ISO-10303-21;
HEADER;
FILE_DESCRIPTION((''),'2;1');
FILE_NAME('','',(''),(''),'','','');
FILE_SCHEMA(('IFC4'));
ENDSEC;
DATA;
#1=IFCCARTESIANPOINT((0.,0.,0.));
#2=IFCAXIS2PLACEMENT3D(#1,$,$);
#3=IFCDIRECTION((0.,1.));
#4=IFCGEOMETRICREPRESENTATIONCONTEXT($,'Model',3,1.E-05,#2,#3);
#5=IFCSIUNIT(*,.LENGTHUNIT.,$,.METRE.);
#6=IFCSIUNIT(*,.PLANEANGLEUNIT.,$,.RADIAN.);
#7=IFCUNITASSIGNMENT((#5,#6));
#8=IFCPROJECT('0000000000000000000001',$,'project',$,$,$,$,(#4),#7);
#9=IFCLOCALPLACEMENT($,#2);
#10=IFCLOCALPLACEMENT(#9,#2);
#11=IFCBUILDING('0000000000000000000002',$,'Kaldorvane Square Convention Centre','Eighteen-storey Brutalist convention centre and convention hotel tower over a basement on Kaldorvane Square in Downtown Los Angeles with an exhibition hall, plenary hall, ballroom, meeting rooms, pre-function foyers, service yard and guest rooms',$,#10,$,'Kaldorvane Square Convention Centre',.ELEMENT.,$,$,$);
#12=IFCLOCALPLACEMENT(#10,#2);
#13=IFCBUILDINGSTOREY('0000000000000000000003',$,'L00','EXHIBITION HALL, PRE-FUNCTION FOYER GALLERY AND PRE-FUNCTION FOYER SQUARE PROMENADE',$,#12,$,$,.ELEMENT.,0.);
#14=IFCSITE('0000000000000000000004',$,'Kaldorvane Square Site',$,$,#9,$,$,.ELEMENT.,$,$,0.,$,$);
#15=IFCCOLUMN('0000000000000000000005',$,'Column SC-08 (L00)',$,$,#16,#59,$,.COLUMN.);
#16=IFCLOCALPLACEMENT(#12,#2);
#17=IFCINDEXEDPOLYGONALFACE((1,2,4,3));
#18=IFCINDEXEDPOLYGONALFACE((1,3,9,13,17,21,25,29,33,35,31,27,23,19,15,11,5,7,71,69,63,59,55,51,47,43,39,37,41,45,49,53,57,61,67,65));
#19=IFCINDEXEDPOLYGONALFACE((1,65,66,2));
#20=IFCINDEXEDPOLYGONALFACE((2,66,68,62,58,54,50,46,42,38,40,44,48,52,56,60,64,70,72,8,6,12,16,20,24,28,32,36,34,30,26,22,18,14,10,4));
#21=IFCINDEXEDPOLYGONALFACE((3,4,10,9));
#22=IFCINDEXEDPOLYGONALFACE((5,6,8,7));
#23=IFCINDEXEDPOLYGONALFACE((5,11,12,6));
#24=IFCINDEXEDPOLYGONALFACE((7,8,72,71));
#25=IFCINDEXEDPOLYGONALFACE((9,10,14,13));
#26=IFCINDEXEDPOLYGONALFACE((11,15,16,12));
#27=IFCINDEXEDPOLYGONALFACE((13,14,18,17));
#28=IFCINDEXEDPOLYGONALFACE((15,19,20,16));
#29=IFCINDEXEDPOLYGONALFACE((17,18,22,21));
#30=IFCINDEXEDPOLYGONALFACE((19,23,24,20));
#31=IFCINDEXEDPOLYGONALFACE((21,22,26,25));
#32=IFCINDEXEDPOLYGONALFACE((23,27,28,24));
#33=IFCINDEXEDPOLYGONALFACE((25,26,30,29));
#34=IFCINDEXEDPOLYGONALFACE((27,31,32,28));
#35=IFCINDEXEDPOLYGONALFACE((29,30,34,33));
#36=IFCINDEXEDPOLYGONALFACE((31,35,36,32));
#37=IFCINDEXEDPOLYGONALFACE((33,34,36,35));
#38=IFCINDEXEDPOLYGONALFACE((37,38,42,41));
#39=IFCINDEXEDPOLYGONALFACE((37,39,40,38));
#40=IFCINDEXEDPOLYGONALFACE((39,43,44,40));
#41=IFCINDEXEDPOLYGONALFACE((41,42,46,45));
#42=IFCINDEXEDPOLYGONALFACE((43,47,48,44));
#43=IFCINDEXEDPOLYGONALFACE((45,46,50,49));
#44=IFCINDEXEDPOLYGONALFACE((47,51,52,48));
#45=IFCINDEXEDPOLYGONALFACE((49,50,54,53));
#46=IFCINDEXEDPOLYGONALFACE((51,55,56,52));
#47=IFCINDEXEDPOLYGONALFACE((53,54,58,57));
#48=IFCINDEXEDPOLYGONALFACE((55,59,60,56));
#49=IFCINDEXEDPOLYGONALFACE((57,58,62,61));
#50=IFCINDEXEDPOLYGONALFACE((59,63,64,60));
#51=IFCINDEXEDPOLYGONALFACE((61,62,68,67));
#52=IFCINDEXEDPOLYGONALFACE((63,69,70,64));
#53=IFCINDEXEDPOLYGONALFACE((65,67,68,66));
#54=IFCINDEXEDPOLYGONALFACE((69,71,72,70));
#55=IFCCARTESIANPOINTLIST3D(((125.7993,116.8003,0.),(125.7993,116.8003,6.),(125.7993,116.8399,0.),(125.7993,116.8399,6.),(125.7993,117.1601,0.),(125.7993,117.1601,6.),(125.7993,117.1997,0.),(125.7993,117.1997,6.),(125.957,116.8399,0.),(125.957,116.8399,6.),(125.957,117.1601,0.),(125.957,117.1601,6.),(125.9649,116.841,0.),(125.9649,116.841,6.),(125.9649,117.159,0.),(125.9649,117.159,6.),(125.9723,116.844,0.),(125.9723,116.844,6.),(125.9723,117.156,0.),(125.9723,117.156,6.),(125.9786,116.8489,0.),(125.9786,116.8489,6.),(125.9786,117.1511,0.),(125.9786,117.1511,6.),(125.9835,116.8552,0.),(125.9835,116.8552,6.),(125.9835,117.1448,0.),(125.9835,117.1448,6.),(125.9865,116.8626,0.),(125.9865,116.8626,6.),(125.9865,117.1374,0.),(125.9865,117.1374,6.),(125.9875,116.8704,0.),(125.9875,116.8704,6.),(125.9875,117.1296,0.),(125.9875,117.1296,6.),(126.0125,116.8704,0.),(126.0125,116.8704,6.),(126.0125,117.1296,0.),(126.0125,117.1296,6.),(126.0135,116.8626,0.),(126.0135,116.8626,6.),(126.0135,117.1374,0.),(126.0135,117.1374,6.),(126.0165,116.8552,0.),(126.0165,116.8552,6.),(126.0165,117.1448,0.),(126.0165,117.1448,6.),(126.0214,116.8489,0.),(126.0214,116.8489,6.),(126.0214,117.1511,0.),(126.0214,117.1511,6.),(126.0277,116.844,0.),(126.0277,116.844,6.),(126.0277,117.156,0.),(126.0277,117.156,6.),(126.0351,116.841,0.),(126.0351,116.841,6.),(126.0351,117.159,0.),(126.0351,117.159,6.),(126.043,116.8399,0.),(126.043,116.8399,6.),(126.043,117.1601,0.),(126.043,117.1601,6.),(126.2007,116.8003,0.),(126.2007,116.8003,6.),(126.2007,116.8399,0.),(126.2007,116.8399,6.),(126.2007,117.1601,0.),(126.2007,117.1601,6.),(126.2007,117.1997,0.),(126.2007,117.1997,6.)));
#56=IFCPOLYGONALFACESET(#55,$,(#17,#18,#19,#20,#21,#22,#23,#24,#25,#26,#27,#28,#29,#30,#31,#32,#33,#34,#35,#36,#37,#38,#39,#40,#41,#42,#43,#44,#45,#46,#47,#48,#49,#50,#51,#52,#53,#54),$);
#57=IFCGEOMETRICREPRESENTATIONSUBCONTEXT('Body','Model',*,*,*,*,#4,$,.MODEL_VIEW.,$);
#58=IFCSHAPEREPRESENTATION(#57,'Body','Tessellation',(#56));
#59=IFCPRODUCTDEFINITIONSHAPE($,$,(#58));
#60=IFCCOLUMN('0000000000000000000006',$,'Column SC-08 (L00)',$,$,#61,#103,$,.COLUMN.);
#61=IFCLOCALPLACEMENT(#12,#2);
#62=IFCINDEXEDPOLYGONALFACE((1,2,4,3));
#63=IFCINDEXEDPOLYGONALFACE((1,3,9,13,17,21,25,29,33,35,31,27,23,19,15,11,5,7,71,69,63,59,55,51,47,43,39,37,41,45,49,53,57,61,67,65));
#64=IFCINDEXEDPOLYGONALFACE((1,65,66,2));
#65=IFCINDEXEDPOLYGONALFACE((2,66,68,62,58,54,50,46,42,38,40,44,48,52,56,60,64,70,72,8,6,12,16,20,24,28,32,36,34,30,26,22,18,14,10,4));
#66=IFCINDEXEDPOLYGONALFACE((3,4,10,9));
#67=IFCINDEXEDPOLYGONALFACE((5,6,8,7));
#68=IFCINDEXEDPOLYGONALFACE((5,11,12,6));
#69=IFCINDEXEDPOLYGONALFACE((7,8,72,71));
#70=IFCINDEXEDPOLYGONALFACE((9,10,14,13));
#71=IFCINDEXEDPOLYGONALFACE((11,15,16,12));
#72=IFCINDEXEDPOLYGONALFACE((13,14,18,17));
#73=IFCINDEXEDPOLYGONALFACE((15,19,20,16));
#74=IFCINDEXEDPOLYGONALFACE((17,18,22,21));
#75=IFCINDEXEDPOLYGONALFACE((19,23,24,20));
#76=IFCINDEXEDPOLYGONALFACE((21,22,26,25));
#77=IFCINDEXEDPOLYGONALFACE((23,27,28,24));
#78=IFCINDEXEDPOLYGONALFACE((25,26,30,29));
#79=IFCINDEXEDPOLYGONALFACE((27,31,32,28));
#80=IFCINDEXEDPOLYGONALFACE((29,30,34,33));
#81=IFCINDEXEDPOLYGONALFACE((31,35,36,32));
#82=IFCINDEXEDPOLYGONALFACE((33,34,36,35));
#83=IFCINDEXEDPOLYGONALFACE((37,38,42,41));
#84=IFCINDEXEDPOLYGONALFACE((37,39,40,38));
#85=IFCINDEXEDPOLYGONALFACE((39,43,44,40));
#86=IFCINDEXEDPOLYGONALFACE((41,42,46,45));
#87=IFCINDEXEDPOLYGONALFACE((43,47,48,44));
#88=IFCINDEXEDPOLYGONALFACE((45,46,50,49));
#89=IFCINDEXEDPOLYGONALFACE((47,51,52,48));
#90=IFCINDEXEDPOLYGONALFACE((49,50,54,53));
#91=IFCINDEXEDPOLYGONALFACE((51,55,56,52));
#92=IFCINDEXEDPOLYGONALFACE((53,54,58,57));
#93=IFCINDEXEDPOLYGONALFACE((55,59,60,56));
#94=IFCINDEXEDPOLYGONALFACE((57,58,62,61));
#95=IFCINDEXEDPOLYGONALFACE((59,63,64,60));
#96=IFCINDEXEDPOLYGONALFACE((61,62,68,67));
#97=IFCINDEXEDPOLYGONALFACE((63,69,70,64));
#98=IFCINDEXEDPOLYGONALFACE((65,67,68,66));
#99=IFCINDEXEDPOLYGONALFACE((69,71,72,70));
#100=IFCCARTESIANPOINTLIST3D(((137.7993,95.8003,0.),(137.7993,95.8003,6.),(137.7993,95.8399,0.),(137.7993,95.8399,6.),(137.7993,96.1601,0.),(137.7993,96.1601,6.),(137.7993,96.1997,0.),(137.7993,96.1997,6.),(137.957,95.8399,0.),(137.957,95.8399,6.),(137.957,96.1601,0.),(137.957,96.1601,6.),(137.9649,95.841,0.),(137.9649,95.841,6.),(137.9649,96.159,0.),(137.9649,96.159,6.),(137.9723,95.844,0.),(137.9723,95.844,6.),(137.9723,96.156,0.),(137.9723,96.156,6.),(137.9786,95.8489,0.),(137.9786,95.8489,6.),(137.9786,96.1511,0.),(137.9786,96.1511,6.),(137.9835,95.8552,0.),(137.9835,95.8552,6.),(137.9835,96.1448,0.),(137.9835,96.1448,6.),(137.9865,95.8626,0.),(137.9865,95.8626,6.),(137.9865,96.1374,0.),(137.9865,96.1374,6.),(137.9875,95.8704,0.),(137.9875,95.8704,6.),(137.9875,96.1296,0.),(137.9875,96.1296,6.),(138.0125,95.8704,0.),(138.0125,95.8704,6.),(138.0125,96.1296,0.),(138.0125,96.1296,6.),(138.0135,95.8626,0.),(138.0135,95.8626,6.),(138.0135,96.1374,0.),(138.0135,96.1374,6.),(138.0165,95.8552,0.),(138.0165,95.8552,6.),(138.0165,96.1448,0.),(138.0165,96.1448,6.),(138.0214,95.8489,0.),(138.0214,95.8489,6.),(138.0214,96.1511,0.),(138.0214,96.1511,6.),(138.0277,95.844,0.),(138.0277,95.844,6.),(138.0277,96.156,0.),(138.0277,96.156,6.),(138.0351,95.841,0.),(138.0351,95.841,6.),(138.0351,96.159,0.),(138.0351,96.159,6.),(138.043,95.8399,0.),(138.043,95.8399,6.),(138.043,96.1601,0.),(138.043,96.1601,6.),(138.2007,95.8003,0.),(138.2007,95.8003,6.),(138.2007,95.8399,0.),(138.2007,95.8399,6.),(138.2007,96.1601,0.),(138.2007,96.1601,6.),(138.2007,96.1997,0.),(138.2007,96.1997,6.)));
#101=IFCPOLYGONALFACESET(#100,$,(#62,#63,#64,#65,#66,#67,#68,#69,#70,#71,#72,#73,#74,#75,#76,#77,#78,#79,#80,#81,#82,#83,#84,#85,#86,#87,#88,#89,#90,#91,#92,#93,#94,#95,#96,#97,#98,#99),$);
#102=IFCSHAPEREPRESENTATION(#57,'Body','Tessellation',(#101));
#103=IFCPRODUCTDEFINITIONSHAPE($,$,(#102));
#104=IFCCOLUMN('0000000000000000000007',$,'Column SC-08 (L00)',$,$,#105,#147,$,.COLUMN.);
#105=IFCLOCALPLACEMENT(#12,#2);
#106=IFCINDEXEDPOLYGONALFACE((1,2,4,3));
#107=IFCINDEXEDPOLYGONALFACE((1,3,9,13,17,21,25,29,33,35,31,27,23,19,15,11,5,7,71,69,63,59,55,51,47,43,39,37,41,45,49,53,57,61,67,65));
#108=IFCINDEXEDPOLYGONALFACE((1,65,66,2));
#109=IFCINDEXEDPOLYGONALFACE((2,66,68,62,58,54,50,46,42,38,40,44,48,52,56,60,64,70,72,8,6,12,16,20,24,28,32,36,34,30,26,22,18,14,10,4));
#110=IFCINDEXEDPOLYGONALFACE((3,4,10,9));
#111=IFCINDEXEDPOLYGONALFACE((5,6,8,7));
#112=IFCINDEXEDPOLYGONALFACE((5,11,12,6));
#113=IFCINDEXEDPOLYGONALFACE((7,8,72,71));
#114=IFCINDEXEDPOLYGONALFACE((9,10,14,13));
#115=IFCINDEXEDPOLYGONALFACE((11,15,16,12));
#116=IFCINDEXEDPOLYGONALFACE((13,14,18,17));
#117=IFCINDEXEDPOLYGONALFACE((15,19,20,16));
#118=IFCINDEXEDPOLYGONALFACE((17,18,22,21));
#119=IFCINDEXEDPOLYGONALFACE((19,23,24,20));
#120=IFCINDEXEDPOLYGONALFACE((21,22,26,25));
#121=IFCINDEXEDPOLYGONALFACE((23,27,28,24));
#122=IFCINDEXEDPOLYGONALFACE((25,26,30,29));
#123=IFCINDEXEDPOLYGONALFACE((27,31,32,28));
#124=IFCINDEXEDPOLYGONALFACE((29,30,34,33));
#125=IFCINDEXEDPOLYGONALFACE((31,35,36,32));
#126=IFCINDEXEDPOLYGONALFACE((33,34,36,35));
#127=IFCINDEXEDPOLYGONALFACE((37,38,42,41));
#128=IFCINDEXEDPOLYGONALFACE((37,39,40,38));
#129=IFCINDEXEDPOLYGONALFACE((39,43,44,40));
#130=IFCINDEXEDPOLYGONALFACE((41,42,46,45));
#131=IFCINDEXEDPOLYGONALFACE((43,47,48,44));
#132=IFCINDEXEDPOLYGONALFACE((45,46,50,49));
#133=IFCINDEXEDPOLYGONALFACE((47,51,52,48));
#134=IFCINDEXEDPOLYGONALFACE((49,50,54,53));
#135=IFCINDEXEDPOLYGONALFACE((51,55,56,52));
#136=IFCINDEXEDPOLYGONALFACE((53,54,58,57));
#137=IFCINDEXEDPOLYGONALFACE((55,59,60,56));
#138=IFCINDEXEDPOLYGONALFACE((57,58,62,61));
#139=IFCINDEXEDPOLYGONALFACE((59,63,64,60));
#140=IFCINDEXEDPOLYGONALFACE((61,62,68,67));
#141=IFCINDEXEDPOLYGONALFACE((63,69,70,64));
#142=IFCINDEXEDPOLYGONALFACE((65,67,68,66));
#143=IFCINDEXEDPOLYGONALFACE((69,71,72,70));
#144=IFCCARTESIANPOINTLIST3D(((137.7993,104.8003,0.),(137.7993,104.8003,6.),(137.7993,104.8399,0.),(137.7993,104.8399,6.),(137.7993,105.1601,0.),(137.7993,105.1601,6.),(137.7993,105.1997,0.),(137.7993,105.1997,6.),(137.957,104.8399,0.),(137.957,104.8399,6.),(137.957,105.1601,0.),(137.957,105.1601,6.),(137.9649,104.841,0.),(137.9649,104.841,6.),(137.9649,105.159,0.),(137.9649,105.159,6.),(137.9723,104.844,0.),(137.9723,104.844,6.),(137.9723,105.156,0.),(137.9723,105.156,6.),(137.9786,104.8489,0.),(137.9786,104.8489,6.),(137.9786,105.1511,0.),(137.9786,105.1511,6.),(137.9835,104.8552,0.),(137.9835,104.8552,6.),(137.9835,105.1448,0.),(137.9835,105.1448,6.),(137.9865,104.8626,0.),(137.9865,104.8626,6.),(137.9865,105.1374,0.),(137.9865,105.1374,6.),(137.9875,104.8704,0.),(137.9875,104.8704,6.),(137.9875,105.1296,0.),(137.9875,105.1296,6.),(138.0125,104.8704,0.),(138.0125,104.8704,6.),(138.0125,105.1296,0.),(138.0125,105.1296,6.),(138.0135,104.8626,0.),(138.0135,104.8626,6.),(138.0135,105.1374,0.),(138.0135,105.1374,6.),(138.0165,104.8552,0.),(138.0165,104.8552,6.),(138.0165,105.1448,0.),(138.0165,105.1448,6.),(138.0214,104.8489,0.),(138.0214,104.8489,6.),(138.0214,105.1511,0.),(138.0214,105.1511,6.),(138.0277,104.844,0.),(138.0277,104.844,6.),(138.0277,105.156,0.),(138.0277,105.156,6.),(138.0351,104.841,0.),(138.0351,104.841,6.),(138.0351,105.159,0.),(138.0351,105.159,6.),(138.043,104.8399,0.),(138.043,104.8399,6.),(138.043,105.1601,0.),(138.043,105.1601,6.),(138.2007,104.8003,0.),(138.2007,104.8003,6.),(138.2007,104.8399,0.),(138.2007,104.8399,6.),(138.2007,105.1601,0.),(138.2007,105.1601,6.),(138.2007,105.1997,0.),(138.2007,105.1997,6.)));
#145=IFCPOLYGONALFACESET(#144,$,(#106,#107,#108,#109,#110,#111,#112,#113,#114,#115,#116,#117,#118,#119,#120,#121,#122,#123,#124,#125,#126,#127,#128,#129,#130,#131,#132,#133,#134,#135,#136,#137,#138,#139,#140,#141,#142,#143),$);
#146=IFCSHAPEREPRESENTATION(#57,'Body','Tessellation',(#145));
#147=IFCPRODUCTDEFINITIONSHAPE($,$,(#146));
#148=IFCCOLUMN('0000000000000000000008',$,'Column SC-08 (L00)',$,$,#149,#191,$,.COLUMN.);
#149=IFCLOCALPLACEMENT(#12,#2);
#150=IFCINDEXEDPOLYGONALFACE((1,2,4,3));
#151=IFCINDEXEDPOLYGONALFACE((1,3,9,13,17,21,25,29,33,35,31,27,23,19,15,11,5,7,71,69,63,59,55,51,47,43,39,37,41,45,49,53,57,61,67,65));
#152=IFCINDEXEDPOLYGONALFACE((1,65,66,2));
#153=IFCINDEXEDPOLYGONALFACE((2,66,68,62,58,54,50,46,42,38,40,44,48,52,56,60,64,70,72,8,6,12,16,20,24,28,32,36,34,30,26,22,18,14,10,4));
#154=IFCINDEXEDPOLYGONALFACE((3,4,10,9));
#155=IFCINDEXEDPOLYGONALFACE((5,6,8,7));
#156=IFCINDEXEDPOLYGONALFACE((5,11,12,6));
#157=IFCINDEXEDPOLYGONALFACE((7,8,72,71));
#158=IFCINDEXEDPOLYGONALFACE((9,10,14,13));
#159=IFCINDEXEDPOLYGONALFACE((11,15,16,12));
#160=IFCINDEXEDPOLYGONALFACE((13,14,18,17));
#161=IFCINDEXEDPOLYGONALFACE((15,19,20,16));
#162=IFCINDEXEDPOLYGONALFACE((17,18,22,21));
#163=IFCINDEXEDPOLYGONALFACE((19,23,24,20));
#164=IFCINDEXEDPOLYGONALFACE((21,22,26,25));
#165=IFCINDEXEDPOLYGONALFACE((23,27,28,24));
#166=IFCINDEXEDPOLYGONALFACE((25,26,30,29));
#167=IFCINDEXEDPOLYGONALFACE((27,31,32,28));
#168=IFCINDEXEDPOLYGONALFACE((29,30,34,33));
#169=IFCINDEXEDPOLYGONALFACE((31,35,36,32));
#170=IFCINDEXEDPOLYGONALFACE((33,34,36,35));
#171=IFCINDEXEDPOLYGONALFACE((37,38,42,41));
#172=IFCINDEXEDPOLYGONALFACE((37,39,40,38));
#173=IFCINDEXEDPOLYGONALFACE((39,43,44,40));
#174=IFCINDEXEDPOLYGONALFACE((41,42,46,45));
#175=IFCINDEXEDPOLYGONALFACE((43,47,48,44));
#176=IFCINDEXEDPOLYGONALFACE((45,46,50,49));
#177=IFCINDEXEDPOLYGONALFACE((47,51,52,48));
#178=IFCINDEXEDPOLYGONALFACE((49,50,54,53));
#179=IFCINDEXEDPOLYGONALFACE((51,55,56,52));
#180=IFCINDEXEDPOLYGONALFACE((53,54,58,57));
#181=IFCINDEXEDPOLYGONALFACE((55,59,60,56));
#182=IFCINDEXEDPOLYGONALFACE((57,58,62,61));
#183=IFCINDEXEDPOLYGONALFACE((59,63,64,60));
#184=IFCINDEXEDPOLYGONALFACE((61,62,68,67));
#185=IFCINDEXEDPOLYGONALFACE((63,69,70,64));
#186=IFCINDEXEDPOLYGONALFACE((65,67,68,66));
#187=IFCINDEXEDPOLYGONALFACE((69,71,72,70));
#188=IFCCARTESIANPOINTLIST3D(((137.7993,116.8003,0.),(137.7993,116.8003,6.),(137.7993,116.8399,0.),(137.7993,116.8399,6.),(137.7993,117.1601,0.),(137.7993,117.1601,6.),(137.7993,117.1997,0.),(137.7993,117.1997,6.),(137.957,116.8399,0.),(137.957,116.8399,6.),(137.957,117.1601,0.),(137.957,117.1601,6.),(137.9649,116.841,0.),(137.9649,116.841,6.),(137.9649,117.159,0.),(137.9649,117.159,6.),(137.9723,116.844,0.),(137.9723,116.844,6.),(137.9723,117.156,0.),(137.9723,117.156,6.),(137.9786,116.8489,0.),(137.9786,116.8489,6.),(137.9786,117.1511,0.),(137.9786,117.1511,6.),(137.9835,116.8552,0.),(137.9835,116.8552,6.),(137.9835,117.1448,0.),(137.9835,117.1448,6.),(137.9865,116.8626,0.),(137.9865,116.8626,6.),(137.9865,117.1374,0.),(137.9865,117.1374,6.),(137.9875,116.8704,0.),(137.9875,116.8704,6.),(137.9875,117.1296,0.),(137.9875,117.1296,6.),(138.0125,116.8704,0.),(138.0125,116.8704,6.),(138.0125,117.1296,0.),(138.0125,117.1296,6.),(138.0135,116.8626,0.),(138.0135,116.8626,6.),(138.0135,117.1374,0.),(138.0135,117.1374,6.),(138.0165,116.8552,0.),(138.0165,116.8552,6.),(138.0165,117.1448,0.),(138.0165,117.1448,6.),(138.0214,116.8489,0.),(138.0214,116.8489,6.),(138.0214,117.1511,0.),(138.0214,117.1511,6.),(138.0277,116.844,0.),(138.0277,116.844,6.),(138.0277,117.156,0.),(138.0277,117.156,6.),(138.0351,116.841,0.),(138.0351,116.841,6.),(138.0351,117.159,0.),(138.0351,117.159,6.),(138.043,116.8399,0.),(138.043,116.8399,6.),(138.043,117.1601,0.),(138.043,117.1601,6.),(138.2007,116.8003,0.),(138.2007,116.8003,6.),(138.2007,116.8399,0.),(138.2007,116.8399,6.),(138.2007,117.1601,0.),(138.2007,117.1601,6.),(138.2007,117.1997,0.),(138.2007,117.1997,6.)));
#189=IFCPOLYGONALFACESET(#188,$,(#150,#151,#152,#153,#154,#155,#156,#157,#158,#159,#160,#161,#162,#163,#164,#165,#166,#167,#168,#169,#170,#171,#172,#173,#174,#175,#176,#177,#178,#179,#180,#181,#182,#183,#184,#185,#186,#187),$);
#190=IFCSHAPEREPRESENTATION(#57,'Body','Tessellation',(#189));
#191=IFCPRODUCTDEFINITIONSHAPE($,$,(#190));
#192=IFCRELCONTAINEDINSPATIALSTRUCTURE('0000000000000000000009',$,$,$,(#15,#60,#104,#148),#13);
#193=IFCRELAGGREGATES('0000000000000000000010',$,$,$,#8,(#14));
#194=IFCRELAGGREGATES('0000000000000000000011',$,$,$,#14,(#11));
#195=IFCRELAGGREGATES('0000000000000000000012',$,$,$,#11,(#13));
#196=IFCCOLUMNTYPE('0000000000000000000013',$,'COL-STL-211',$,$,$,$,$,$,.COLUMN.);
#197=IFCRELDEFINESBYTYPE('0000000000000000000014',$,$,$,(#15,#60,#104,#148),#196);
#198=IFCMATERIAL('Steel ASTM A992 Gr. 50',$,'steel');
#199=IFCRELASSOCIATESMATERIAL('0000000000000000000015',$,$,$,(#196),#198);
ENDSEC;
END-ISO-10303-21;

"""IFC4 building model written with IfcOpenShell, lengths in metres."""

from ifc_helpers import new_model, si_unit, direction, frame, origin, origin_2d, place, context, subcontext, project, spatial, i_section, extrude, material, material_profile, profile_set, type_object, element, save


model = new_model("IFC4")

# Units and contexts
model_context = context("Model", 3, precision=1e-05, world=origin(), true_north=direction((0.0, 1.0)))
body_context = subcontext(model_context, "Body", "Model", "MODEL_VIEW")
ifc_project = project(units=[si_unit("LENGTHUNIT", "METRE"), si_unit("PLANEANGLEUNIT", "RADIAN")], contexts=[model_context])

# Site, building, storey
site_placement = place(None, origin())
site = spatial("IfcSite", under=ifc_project, at=site_placement, Name="Kaldorvane Square Site", CompositionType="ELEMENT", RefElevation=0.0)
building_placement = place(site_placement, origin())
building = spatial("IfcBuilding", under=site, at=building_placement, Name="Kaldorvane Square Convention Centre", Description="Eighteen-storey Brutalist convention centre and convention hotel tower over a basement on Kaldorvane Square in Downtown Los Angeles with an exhibition hall, plenary hall, ballroom, meeting rooms, pre-function foyers, service yard and guest rooms", LongName="Kaldorvane Square Convention Centre", CompositionType="ELEMENT")
storey_placement = place(building_placement, origin())
storey = spatial("IfcBuildingStorey", under=building, at=storey_placement, Name="L00", Description="EXHIBITION HALL, PRE-FUNCTION FOYER GALLERY AND PRE-FUNCTION FOYER SQUARE PROMENADE", CompositionType="ELEMENT", Elevation=0.0)

# Columns
ifc_material_1 = material(Name="Steel ASTM A992 Gr. 50", Category="steel")
ifc_material_profile_1 = material_profile(ifc_material_1, i_section(OverallWidth=0.4013, OverallDepth=0.3993, WebThickness=0.0249, FlangeThickness=0.0396, FilletRadius=0.0305, at=origin_2d()), Name="W14X211")
ifc_profile_set_1 = profile_set([ifc_material_profile_1], Name="Steel ASTM A992 Gr. 50")
column_type = type_object("IfcColumnType", Name="COL-STL-211", PredefinedType="COLUMN", material=ifc_profile_set_1)
for number, where, z_axis, x_axis, name in (
    (1, (126.0, 117.0, 0.0), (0.0, 0.0, 1.0), (1.0, 0.0, 0.0), "Column SC-08 (L00)"),
    (2, (138.0, 96.0, 0.0), (0.0, 0.0, 1.0), (1.0, 0.0, 0.0), "Column SC-08 (L00)"),
    (3, (138.0, 105.0, 0.0), (0.0, 0.0, 1.0), (1.0, 0.0, 0.0), "Column SC-08 (L00)"),
    (4, (138.0, 117.0, 0.0), (0.0, 0.0, 1.0), (1.0, 0.0, 0.0), "Column SC-08 (L00)"),
):
    element("IfcColumn", number, at=place(storey_placement, frame(where, z_axis=z_axis, x_axis=x_axis)), inside=storey, type_object=column_type, Name=name, PredefinedType="COLUMN", context=body_context, shape_type="SweptSolid", body=[
        extrude(i_section(OverallWidth=0.4013, OverallDepth=0.3993, WebThickness=0.0249, FlangeThickness=0.0396, FilletRadius=0.0305, at=origin_2d()), origin(), (0.0, 0.0, 1.0), 6.0),
    ])

save(model, "model.ifc")
